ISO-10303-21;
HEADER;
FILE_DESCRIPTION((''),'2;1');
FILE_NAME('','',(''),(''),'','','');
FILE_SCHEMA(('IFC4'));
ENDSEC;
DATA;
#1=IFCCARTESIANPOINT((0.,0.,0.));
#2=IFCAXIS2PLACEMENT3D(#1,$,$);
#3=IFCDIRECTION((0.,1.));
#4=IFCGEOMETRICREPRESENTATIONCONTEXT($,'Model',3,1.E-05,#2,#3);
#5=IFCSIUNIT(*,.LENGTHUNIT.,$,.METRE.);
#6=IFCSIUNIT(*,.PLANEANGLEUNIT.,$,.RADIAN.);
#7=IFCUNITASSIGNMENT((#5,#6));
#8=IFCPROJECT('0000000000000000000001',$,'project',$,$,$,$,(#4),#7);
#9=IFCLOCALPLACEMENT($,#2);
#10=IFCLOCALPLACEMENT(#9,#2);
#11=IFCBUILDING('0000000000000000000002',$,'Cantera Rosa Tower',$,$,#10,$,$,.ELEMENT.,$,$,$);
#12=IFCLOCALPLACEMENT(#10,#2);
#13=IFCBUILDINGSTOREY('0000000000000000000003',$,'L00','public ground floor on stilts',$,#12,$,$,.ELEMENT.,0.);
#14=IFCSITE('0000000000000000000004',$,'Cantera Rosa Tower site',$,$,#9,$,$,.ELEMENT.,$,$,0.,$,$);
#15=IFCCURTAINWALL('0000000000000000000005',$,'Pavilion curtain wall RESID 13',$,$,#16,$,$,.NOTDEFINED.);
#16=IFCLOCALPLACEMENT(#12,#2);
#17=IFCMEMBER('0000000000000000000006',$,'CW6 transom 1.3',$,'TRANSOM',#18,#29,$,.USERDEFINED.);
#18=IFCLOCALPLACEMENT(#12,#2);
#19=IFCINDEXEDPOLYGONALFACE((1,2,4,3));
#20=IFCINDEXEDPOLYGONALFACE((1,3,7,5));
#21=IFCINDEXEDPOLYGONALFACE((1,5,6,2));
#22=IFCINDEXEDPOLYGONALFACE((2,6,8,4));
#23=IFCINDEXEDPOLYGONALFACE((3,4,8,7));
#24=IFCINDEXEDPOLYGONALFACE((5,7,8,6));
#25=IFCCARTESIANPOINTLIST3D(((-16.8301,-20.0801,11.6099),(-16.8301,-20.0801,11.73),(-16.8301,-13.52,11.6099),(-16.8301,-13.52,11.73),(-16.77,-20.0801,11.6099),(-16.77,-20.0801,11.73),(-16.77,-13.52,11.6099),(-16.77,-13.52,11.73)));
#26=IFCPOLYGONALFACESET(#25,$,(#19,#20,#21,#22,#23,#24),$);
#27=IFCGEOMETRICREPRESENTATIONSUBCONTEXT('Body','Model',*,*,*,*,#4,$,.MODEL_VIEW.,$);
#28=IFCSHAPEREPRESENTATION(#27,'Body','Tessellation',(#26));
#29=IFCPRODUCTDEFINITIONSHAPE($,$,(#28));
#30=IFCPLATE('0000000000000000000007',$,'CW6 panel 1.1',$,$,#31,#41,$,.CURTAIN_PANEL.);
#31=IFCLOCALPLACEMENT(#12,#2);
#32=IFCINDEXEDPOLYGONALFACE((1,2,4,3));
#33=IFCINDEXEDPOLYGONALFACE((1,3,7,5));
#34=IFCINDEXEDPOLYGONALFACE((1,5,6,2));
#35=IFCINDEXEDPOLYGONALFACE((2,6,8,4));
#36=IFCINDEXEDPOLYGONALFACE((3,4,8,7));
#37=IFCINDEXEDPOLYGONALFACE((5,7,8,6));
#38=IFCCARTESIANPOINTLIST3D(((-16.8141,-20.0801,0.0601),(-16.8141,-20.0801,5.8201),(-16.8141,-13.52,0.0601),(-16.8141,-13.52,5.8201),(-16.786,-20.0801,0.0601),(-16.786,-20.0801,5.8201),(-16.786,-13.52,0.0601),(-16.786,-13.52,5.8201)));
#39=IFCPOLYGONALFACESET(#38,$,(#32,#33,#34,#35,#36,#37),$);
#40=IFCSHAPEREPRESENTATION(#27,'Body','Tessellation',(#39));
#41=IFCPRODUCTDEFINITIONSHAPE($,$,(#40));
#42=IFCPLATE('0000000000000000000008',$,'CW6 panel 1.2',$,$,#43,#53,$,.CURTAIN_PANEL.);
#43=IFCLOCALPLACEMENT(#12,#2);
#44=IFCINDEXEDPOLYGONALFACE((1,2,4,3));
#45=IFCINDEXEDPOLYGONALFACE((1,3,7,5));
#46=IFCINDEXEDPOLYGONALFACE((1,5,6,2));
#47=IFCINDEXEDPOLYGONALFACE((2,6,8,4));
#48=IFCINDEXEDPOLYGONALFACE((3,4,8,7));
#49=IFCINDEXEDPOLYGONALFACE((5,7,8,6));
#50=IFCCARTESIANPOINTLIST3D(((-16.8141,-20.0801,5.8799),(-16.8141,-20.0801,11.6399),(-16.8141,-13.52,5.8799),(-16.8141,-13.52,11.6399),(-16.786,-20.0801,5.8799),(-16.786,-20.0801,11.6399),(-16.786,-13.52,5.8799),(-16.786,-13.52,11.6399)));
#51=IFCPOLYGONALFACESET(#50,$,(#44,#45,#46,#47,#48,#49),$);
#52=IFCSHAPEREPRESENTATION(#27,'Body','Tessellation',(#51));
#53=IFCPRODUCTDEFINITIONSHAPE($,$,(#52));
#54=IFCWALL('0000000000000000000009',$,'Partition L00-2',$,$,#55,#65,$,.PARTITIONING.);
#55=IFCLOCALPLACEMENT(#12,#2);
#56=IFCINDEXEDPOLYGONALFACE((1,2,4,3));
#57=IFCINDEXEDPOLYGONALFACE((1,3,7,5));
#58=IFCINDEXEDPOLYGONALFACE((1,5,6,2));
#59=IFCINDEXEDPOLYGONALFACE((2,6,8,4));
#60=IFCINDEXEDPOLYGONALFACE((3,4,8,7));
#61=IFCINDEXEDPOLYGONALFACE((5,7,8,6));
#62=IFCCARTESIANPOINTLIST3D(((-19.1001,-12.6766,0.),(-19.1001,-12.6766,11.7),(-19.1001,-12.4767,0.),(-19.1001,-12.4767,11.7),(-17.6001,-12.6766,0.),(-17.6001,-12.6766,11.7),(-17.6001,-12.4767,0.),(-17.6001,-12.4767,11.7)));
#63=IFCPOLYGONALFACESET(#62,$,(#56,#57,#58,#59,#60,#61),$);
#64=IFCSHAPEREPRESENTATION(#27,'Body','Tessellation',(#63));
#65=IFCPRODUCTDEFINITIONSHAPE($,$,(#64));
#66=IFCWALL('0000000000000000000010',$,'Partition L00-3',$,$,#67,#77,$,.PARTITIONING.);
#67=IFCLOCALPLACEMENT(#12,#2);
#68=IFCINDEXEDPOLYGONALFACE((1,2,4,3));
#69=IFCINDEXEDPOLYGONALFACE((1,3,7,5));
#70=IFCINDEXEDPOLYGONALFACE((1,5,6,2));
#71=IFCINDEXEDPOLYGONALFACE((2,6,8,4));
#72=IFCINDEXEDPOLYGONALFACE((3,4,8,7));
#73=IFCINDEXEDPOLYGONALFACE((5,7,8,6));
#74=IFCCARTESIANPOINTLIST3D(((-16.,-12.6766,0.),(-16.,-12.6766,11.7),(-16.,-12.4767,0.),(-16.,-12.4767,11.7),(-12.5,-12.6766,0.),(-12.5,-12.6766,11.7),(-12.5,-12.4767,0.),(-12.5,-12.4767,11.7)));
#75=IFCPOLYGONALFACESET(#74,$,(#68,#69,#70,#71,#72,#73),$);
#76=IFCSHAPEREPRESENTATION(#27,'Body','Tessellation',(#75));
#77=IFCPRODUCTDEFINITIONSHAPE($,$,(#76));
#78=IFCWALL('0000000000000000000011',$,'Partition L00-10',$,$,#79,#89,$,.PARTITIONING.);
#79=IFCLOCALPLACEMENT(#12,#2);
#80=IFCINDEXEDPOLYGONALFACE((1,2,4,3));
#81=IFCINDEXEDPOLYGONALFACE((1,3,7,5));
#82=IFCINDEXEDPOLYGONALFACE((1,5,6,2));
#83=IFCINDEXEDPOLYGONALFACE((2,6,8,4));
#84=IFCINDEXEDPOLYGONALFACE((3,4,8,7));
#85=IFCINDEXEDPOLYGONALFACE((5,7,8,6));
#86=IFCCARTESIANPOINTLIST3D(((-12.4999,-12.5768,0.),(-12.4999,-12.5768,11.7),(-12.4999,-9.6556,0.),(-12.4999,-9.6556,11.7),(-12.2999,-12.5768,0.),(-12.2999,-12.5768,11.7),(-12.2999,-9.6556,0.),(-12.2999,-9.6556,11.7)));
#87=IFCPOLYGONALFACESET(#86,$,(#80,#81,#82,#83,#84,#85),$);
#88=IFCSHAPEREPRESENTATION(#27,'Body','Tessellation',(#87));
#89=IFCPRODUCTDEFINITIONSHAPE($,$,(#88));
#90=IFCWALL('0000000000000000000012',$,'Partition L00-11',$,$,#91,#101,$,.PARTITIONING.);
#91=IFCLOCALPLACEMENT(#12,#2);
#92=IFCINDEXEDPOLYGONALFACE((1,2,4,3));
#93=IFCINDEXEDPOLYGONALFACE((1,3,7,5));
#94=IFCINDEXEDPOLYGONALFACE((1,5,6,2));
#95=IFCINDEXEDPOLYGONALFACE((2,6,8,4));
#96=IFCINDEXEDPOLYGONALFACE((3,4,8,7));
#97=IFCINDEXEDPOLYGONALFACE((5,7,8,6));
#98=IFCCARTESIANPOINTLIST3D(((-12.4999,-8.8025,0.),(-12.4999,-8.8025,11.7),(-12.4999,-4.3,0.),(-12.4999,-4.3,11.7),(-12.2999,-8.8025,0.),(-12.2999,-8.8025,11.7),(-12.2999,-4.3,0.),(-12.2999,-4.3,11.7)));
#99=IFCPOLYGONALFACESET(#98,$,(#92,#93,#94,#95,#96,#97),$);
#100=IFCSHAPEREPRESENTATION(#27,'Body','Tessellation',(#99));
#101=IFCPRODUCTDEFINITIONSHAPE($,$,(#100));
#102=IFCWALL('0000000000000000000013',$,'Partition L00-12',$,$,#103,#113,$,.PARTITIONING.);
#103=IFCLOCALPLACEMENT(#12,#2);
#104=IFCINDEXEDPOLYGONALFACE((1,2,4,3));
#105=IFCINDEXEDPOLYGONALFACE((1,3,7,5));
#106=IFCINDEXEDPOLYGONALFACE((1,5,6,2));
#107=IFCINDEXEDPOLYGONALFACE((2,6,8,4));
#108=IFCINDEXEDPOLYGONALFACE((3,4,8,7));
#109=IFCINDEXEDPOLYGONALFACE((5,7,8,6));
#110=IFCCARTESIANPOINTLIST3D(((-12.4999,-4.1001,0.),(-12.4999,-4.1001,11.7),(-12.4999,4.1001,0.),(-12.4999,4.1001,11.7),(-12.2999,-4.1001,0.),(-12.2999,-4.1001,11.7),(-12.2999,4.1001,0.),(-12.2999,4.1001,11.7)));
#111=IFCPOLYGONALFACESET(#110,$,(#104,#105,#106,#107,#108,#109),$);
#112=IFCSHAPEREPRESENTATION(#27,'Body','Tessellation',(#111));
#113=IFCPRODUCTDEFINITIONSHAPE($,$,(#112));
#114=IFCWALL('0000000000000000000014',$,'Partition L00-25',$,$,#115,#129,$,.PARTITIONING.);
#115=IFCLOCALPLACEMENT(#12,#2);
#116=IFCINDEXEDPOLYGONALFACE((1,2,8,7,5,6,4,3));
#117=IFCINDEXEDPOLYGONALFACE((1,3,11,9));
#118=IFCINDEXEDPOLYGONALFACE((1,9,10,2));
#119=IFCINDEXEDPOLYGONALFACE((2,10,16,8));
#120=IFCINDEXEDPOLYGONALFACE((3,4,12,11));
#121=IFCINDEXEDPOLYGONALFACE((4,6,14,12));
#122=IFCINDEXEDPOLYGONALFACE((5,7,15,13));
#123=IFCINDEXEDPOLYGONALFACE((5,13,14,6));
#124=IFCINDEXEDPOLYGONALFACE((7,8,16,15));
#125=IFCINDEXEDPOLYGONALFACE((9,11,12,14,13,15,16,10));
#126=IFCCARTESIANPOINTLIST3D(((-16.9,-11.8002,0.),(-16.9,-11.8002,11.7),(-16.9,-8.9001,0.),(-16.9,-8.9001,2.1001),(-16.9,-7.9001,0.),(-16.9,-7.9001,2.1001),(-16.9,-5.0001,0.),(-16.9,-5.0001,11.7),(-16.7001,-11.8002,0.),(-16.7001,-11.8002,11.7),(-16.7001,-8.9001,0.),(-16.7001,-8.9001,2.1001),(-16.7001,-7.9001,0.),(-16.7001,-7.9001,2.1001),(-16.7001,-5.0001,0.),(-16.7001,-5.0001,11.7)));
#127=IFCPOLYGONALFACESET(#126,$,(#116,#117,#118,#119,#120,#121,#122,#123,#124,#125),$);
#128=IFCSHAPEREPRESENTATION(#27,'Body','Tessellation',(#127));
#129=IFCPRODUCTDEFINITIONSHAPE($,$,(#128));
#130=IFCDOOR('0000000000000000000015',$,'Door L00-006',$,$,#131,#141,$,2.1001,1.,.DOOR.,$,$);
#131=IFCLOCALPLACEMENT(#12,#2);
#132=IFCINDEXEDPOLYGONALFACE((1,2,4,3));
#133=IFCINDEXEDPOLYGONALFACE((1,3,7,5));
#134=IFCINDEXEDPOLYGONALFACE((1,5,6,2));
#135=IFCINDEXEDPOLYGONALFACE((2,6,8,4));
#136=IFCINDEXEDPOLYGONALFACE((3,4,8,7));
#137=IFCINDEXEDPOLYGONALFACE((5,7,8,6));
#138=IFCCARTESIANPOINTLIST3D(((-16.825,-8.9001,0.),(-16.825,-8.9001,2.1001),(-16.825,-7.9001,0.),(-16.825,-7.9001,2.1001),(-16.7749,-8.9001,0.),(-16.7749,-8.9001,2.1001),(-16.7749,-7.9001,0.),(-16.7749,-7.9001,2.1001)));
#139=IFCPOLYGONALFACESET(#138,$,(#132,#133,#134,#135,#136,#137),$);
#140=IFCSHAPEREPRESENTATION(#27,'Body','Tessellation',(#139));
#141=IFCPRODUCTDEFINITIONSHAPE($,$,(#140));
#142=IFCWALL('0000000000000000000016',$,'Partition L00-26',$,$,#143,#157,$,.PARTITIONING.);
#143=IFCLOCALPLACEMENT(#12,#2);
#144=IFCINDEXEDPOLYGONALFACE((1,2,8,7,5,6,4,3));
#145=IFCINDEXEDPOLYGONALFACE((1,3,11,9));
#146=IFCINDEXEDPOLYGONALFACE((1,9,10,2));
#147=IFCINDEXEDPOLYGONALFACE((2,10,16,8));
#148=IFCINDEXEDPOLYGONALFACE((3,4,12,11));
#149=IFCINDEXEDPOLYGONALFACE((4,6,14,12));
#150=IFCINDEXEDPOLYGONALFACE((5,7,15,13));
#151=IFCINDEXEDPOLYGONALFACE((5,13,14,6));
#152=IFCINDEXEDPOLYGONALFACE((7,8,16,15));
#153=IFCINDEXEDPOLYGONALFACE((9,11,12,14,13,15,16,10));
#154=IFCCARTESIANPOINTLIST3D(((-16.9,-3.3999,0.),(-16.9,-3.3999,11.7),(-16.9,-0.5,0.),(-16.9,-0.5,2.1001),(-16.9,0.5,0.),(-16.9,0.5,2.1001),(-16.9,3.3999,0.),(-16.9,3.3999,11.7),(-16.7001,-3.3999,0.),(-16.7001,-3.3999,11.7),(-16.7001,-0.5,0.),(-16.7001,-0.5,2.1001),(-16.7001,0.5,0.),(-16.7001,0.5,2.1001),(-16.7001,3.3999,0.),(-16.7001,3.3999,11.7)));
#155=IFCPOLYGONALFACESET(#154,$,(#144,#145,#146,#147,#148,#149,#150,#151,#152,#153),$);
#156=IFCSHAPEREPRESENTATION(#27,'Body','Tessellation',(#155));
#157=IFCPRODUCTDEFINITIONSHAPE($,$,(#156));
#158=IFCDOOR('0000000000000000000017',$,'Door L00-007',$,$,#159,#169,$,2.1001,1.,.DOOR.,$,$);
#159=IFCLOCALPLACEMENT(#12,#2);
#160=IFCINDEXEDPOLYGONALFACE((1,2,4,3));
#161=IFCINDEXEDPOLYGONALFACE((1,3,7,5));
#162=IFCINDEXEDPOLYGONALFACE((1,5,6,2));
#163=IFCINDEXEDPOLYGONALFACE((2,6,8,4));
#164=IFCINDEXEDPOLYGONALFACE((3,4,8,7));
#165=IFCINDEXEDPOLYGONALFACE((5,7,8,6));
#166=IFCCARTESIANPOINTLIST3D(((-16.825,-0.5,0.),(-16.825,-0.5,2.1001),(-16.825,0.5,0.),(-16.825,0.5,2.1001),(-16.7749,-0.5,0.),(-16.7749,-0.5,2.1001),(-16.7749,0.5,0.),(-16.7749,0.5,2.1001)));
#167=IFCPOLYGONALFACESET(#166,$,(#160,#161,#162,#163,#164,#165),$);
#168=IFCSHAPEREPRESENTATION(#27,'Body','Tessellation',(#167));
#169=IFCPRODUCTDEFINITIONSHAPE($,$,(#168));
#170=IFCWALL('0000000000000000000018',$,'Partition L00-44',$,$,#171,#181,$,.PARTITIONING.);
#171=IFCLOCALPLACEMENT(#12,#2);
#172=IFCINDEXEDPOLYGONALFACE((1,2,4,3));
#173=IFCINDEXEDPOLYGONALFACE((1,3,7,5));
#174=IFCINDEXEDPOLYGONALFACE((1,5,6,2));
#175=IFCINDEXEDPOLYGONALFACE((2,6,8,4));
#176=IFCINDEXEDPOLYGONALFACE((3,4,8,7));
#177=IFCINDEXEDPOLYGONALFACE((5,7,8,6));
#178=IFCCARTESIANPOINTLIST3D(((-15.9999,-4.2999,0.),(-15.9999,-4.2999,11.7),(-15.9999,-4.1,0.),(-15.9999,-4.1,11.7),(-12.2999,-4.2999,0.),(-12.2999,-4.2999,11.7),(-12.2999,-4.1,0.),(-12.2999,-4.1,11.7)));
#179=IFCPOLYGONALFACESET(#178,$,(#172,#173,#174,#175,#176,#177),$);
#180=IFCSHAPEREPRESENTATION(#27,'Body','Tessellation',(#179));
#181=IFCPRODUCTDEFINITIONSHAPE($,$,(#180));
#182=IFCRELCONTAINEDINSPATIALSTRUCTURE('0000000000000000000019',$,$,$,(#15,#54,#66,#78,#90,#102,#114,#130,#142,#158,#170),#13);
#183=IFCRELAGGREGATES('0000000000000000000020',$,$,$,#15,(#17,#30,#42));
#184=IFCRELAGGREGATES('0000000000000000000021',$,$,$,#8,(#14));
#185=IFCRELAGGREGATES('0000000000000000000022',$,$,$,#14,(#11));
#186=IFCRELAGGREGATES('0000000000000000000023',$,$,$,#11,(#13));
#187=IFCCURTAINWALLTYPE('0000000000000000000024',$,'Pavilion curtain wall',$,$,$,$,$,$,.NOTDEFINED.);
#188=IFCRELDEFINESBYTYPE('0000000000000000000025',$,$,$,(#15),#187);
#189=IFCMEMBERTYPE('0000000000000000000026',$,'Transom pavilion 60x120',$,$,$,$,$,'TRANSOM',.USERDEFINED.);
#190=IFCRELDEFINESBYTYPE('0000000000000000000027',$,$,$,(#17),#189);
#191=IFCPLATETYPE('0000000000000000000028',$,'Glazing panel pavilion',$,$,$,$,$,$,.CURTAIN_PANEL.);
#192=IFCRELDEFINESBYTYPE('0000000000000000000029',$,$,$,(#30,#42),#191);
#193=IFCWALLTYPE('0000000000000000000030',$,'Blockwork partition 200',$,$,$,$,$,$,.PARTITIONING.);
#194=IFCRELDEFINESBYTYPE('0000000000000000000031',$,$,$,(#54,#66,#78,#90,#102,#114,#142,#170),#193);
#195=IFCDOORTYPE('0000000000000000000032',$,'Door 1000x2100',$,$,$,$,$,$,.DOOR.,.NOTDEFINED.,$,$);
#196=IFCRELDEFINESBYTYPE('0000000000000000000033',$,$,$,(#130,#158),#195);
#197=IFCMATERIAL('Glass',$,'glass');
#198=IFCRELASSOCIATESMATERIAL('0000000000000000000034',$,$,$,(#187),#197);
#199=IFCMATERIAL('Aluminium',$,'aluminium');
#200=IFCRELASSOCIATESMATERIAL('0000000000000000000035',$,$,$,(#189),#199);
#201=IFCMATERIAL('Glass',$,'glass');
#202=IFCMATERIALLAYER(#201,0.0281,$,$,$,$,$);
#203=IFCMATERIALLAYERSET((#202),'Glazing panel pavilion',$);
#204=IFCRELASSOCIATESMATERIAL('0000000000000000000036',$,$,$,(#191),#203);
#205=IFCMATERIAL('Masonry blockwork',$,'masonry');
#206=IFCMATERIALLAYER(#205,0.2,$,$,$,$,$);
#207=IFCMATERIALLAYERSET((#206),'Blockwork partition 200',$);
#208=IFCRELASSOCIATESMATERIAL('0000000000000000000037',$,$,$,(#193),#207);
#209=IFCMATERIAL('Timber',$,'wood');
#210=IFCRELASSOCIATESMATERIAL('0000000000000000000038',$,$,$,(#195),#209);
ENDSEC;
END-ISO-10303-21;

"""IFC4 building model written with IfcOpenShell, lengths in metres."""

from ifc_helpers import new_model, si_unit, direction, frame, frame_2d, origin, origin_2d, place, context, subcontext, project, spatial, rectangle, extrude, material, layer, layer_set, material_profile, profile_set, type_object, element, fill, aggregate, save


model = new_model("IFC4")

# Units and contexts
model_context = context("Model", 3, precision=1e-05, world=origin(), true_north=direction((0.0, 1.0)))
body_context = subcontext(model_context, "Body", "Model", "MODEL_VIEW")
ifc_project = project(units=[si_unit("LENGTHUNIT", "METRE"), si_unit("PLANEANGLEUNIT", "RADIAN")], contexts=[model_context])

# Site, building, storey
site_placement = place(None, origin())
site = spatial("IfcSite", under=ifc_project, at=site_placement, Name="Cantera Rosa Tower site", CompositionType="ELEMENT", RefElevation=0.0)
building_placement = place(site_placement, origin())
building = spatial("IfcBuilding", under=site, at=building_placement, Name="Cantera Rosa Tower", CompositionType="ELEMENT")
storey_placement = place(building_placement, origin())
storey = spatial("IfcBuildingStorey", under=building, at=storey_placement, Name="L00", Description="public ground floor on stilts", CompositionType="ELEMENT", Elevation=0.0)

# Curtain wall
ifc_material_1 = material(Name="Glass", Category="glass")
curtain_wall_type = type_object("IfcCurtainWallType", Name="Pavilion curtain wall", PredefinedType="NOTDEFINED", material=ifc_material_1)
curtain_wall_1_placement = place(storey_placement, origin())
curtain_wall_1 = element("IfcCurtainWall", 1, at=curtain_wall_1_placement, inside=storey, type_object=curtain_wall_type, Name="Pavilion curtain wall RESID 13", PredefinedType="NOTDEFINED")

# Member
ifc_material_2 = material(Name="Aluminium", Category="aluminium")
ifc_material_profile_1 = material_profile(ifc_material_2, rectangle(XDim=0.0601, YDim=0.1201, at=origin_2d()), Name="Transom pavilion 60x120")
ifc_profile_set_1 = profile_set([ifc_material_profile_1], Name="Aluminium")
member_type_1 = type_object("IfcMemberType", Name="Transom pavilion 60x120", ElementType="TRANSOM", PredefinedType="USERDEFINED", material=ifc_profile_set_1)
member_1_placement = place(storey_placement, frame((-16.8, -20.0801, 11.6699), z_axis=(0.0, 1.0, 0.0), x_axis=(-1.0, 0.0, 0.0)))
member_1 = element("IfcMember", 2, at=member_1_placement, type_object=member_type_1, Name="CW6 transom 1.3", ObjectType="TRANSOM", PredefinedType="USERDEFINED", context=body_context, shape_type="SweptSolid", body=[
    extrude(rectangle(XDim=0.0601, YDim=0.1201, at=origin_2d()), origin(), (0.0, 0.0, 1.0), 6.5601),
])

# Plates
ifc_material_3 = material(Name="Glass", Category="glass")
ifc_layer_1 = layer(ifc_material_3, 0.0281)
ifc_layer_set_1 = layer_set([ifc_layer_1], Name="Glazing panel pavilion")
plate_type = type_object("IfcPlateType", Name="Glazing panel pavilion", PredefinedType="CURTAIN_PANEL", material=ifc_layer_set_1)
plate_1_placement = place(storey_placement, frame((-16.8, -16.8, 0.0601), z_axis=(0.0, 0.0, 1.0), x_axis=(0.0, 1.0, 0.0)))
plate_1 = element("IfcPlate", 3, at=plate_1_placement, type_object=plate_type, Name="CW6 panel 1.1", PredefinedType="CURTAIN_PANEL", context=body_context, shape_type="SweptSolid", body=[
    extrude(rectangle(XDim=6.5601, YDim=0.0281, at=origin_2d()), origin(), (0.0, 0.0, 1.0), 5.76),
])
plate_2_placement = place(storey_placement, frame((-16.8, -16.8, 5.8799), z_axis=(0.0, 0.0, 1.0), x_axis=(0.0, 1.0, 0.0)))
plate_2 = element("IfcPlate", 4, at=plate_2_placement, type_object=plate_type, Name="CW6 panel 1.2", PredefinedType="CURTAIN_PANEL", context=body_context, shape_type="SweptSolid", body=[
    extrude(rectangle(XDim=6.5601, YDim=0.0281, at=origin_2d()), origin(), (0.0, 0.0, 1.0), 5.76),
])
aggregate(curtain_wall_1, [member_1, plate_1, plate_2])

# Walls
ifc_material_4 = material(Name="Masonry blockwork", Category="masonry")
ifc_layer_2 = layer(ifc_material_4, 0.2)
ifc_layer_set_2 = layer_set([ifc_layer_2], Name="Blockwork partition 200")
wall_type_1 = type_object("IfcWallType", Name="Blockwork partition 200", PredefinedType="PARTITIONING", material=ifc_layer_set_2)
wall_1_placement = place(storey_placement, frame((-19.1001, -12.5767, 0.0), z_axis=(0.0, 0.0, 1.0), x_axis=(1.0, 0.0, 0.0)))
element("IfcWall", 5, at=wall_1_placement, inside=storey, type_object=wall_type_1, Name="Partition L00-2", PredefinedType="PARTITIONING", context=body_context, shape_type="SweptSolid", body=[
    extrude(rectangle(XDim=1.5, YDim=0.2, at=frame_2d((0.75, 0.0))), origin(), (0.0, 0.0, 1.0), 11.7),
])
wall_2_placement = place(storey_placement, frame((-16.0, -12.5767, 0.0), z_axis=(0.0, 0.0, 1.0), x_axis=(1.0, 0.0, 0.0)))
element("IfcWall", 6, at=wall_2_placement, inside=storey, type_object=wall_type_1, Name="Partition L00-3", PredefinedType="PARTITIONING", context=body_context, shape_type="SweptSolid", body=[
    extrude(rectangle(XDim=3.5, YDim=0.2, at=frame_2d((1.75, 0.0))), origin(), (0.0, 0.0, 1.0), 11.7),
])
wall_3_placement = place(storey_placement, frame((-12.3999, -12.5767, 0.0), z_axis=(0.0, 0.0, 1.0), x_axis=(0.0, 1.0, 0.0)))
element("IfcWall", 7, at=wall_3_placement, inside=storey, type_object=wall_type_1, Name="Partition L00-10", PredefinedType="PARTITIONING", context=body_context, shape_type="SweptSolid", body=[
    extrude(rectangle(XDim=2.9211, YDim=0.2, at=frame_2d((1.4604, 0.0))), origin(), (0.0, 0.0, 1.0), 11.7),
])
wall_4_placement = place(storey_placement, frame((-12.3999, -8.8025, 0.0), z_axis=(0.0, 0.0, 1.0), x_axis=(0.0, 1.0, 0.0)))
element("IfcWall", 8, at=wall_4_placement, inside=storey, type_object=wall_type_1, Name="Partition L00-11", PredefinedType="PARTITIONING", context=body_context, shape_type="SweptSolid", body=[
    extrude(rectangle(XDim=4.5024, YDim=0.2, at=frame_2d((2.2512, 0.0))), origin(), (0.0, 0.0, 1.0), 11.7),
])
wall_5_placement = place(storey_placement, frame((-12.3999, -4.1001, 0.0), z_axis=(0.0, 0.0, 1.0), x_axis=(0.0, 1.0, 0.0)))
element("IfcWall", 9, at=wall_5_placement, inside=storey, type_object=wall_type_1, Name="Partition L00-12", PredefinedType="PARTITIONING", context=body_context, shape_type="SweptSolid", body=[
    extrude(rectangle(XDim=8.2002, YDim=0.2, at=frame_2d((4.1001, 0.0))), origin(), (0.0, 0.0, 1.0), 11.7),
])

# Walls, openings, doors
wall_6_placement = place(storey_placement, frame((-16.8, -11.8, 0.0), z_axis=(0.0, 0.0, 1.0), x_axis=(0.0, 1.0, 0.0)))
wall_6 = element("IfcWall", 10, at=wall_6_placement, inside=storey, type_object=wall_type_1, Name="Partition L00-25", PredefinedType="PARTITIONING", context=body_context, shape_type="SweptSolid", body=[
    extrude(rectangle(XDim=6.8, YDim=0.2, at=frame_2d((3.3999, 0.0))), origin(), (0.0, 0.0, 1.0), 11.7),
])
opening_1_placement = place(wall_6_placement, frame((2.8999, 0.0, 0.0)))
opening_1 = element("IfcOpeningElement", 11, at=opening_1_placement, cuts=wall_6, PredefinedType="OPENING", context=body_context, shape_type="SweptSolid", body=[
    extrude(rectangle(XDim=1.0, YDim=2.1001, at=frame_2d((0.5, 1.05))), frame((0.0, 0.1099, 0.0), z_axis=(0.0, -1.0, 0.0), x_axis=(1.0, 0.0, 0.0)), (0.0, 0.0, 1.0), 0.22),
])
ifc_material_5 = material(Name="Timber", Category="wood")
door_type = type_object("IfcDoorType", Name="Door 1000x2100", OperationType="NOTDEFINED", PredefinedType="DOOR", material=ifc_material_5)
door_1_placement = place(opening_1_placement, origin())
door_1 = element("IfcDoor", 12, at=door_1_placement, inside=storey, type_object=door_type, Name="Door L00-006", OverallHeight=2.1001, OverallWidth=1.0, PredefinedType="DOOR", context=body_context, shape_type="SweptSolid", body=[
    extrude(rectangle(XDim=1.0, YDim=2.1001, at=frame_2d((0.5, 1.05))), frame((0.0, 0.0249, 0.0), z_axis=(0.0, -1.0, 0.0), x_axis=(1.0, 0.0, 0.0)), (0.0, 0.0, 1.0), 0.05),
])
fill(opening_1, door_1)
wall_7_placement = place(storey_placement, frame((-16.8, -3.3999, 0.0), z_axis=(0.0, 0.0, 1.0), x_axis=(0.0, 1.0, 0.0)))
wall_7 = element("IfcWall", 13, at=wall_7_placement, inside=storey, type_object=wall_type_1, Name="Partition L00-26", PredefinedType="PARTITIONING", context=body_context, shape_type="SweptSolid", body=[
    extrude(rectangle(XDim=6.7998, YDim=0.2, at=frame_2d((3.3999, 0.0))), origin(), (0.0, 0.0, 1.0), 11.7),
])
opening_2_placement = place(wall_7_placement, frame((2.8999, 0.0, 0.0)))
opening_2 = element("IfcOpeningElement", 14, at=opening_2_placement, cuts=wall_7, PredefinedType="OPENING", context=body_context, shape_type="SweptSolid", body=[
    extrude(rectangle(XDim=1.0, YDim=2.1001, at=frame_2d((0.5, 1.05))), frame((0.0, 0.1099, 0.0), z_axis=(0.0, -1.0, 0.0), x_axis=(1.0, 0.0, 0.0)), (0.0, 0.0, 1.0), 0.22),
])
door_2_placement = place(opening_2_placement, origin())
door_2 = element("IfcDoor", 15, at=door_2_placement, inside=storey, type_object=door_type, Name="Door L00-007", OverallHeight=2.1001, OverallWidth=1.0, PredefinedType="DOOR", context=body_context, shape_type="SweptSolid", body=[
    extrude(rectangle(XDim=1.0, YDim=2.1001, at=frame_2d((0.5, 1.05))), frame((0.0, 0.0249, 0.0), z_axis=(0.0, -1.0, 0.0), x_axis=(1.0, 0.0, 0.0)), (0.0, 0.0, 1.0), 0.05),
])
fill(opening_2, door_2)

# Wall
wall_8_placement = place(storey_placement, frame((-16.0, -4.2, 0.0), z_axis=(0.0, 0.0, 1.0), x_axis=(1.0, 0.0, 0.0)))
element("IfcWall", 16, at=wall_8_placement, inside=storey, type_object=wall_type_1, Name="Partition L00-44", PredefinedType="PARTITIONING", context=body_context, shape_type="SweptSolid", body=[
    extrude(rectangle(XDim=3.7, YDim=0.2, at=frame_2d((1.8501, 0.0))), origin(), (0.0, 0.0, 1.0), 11.7),
])

save(model, "model.ifc")
